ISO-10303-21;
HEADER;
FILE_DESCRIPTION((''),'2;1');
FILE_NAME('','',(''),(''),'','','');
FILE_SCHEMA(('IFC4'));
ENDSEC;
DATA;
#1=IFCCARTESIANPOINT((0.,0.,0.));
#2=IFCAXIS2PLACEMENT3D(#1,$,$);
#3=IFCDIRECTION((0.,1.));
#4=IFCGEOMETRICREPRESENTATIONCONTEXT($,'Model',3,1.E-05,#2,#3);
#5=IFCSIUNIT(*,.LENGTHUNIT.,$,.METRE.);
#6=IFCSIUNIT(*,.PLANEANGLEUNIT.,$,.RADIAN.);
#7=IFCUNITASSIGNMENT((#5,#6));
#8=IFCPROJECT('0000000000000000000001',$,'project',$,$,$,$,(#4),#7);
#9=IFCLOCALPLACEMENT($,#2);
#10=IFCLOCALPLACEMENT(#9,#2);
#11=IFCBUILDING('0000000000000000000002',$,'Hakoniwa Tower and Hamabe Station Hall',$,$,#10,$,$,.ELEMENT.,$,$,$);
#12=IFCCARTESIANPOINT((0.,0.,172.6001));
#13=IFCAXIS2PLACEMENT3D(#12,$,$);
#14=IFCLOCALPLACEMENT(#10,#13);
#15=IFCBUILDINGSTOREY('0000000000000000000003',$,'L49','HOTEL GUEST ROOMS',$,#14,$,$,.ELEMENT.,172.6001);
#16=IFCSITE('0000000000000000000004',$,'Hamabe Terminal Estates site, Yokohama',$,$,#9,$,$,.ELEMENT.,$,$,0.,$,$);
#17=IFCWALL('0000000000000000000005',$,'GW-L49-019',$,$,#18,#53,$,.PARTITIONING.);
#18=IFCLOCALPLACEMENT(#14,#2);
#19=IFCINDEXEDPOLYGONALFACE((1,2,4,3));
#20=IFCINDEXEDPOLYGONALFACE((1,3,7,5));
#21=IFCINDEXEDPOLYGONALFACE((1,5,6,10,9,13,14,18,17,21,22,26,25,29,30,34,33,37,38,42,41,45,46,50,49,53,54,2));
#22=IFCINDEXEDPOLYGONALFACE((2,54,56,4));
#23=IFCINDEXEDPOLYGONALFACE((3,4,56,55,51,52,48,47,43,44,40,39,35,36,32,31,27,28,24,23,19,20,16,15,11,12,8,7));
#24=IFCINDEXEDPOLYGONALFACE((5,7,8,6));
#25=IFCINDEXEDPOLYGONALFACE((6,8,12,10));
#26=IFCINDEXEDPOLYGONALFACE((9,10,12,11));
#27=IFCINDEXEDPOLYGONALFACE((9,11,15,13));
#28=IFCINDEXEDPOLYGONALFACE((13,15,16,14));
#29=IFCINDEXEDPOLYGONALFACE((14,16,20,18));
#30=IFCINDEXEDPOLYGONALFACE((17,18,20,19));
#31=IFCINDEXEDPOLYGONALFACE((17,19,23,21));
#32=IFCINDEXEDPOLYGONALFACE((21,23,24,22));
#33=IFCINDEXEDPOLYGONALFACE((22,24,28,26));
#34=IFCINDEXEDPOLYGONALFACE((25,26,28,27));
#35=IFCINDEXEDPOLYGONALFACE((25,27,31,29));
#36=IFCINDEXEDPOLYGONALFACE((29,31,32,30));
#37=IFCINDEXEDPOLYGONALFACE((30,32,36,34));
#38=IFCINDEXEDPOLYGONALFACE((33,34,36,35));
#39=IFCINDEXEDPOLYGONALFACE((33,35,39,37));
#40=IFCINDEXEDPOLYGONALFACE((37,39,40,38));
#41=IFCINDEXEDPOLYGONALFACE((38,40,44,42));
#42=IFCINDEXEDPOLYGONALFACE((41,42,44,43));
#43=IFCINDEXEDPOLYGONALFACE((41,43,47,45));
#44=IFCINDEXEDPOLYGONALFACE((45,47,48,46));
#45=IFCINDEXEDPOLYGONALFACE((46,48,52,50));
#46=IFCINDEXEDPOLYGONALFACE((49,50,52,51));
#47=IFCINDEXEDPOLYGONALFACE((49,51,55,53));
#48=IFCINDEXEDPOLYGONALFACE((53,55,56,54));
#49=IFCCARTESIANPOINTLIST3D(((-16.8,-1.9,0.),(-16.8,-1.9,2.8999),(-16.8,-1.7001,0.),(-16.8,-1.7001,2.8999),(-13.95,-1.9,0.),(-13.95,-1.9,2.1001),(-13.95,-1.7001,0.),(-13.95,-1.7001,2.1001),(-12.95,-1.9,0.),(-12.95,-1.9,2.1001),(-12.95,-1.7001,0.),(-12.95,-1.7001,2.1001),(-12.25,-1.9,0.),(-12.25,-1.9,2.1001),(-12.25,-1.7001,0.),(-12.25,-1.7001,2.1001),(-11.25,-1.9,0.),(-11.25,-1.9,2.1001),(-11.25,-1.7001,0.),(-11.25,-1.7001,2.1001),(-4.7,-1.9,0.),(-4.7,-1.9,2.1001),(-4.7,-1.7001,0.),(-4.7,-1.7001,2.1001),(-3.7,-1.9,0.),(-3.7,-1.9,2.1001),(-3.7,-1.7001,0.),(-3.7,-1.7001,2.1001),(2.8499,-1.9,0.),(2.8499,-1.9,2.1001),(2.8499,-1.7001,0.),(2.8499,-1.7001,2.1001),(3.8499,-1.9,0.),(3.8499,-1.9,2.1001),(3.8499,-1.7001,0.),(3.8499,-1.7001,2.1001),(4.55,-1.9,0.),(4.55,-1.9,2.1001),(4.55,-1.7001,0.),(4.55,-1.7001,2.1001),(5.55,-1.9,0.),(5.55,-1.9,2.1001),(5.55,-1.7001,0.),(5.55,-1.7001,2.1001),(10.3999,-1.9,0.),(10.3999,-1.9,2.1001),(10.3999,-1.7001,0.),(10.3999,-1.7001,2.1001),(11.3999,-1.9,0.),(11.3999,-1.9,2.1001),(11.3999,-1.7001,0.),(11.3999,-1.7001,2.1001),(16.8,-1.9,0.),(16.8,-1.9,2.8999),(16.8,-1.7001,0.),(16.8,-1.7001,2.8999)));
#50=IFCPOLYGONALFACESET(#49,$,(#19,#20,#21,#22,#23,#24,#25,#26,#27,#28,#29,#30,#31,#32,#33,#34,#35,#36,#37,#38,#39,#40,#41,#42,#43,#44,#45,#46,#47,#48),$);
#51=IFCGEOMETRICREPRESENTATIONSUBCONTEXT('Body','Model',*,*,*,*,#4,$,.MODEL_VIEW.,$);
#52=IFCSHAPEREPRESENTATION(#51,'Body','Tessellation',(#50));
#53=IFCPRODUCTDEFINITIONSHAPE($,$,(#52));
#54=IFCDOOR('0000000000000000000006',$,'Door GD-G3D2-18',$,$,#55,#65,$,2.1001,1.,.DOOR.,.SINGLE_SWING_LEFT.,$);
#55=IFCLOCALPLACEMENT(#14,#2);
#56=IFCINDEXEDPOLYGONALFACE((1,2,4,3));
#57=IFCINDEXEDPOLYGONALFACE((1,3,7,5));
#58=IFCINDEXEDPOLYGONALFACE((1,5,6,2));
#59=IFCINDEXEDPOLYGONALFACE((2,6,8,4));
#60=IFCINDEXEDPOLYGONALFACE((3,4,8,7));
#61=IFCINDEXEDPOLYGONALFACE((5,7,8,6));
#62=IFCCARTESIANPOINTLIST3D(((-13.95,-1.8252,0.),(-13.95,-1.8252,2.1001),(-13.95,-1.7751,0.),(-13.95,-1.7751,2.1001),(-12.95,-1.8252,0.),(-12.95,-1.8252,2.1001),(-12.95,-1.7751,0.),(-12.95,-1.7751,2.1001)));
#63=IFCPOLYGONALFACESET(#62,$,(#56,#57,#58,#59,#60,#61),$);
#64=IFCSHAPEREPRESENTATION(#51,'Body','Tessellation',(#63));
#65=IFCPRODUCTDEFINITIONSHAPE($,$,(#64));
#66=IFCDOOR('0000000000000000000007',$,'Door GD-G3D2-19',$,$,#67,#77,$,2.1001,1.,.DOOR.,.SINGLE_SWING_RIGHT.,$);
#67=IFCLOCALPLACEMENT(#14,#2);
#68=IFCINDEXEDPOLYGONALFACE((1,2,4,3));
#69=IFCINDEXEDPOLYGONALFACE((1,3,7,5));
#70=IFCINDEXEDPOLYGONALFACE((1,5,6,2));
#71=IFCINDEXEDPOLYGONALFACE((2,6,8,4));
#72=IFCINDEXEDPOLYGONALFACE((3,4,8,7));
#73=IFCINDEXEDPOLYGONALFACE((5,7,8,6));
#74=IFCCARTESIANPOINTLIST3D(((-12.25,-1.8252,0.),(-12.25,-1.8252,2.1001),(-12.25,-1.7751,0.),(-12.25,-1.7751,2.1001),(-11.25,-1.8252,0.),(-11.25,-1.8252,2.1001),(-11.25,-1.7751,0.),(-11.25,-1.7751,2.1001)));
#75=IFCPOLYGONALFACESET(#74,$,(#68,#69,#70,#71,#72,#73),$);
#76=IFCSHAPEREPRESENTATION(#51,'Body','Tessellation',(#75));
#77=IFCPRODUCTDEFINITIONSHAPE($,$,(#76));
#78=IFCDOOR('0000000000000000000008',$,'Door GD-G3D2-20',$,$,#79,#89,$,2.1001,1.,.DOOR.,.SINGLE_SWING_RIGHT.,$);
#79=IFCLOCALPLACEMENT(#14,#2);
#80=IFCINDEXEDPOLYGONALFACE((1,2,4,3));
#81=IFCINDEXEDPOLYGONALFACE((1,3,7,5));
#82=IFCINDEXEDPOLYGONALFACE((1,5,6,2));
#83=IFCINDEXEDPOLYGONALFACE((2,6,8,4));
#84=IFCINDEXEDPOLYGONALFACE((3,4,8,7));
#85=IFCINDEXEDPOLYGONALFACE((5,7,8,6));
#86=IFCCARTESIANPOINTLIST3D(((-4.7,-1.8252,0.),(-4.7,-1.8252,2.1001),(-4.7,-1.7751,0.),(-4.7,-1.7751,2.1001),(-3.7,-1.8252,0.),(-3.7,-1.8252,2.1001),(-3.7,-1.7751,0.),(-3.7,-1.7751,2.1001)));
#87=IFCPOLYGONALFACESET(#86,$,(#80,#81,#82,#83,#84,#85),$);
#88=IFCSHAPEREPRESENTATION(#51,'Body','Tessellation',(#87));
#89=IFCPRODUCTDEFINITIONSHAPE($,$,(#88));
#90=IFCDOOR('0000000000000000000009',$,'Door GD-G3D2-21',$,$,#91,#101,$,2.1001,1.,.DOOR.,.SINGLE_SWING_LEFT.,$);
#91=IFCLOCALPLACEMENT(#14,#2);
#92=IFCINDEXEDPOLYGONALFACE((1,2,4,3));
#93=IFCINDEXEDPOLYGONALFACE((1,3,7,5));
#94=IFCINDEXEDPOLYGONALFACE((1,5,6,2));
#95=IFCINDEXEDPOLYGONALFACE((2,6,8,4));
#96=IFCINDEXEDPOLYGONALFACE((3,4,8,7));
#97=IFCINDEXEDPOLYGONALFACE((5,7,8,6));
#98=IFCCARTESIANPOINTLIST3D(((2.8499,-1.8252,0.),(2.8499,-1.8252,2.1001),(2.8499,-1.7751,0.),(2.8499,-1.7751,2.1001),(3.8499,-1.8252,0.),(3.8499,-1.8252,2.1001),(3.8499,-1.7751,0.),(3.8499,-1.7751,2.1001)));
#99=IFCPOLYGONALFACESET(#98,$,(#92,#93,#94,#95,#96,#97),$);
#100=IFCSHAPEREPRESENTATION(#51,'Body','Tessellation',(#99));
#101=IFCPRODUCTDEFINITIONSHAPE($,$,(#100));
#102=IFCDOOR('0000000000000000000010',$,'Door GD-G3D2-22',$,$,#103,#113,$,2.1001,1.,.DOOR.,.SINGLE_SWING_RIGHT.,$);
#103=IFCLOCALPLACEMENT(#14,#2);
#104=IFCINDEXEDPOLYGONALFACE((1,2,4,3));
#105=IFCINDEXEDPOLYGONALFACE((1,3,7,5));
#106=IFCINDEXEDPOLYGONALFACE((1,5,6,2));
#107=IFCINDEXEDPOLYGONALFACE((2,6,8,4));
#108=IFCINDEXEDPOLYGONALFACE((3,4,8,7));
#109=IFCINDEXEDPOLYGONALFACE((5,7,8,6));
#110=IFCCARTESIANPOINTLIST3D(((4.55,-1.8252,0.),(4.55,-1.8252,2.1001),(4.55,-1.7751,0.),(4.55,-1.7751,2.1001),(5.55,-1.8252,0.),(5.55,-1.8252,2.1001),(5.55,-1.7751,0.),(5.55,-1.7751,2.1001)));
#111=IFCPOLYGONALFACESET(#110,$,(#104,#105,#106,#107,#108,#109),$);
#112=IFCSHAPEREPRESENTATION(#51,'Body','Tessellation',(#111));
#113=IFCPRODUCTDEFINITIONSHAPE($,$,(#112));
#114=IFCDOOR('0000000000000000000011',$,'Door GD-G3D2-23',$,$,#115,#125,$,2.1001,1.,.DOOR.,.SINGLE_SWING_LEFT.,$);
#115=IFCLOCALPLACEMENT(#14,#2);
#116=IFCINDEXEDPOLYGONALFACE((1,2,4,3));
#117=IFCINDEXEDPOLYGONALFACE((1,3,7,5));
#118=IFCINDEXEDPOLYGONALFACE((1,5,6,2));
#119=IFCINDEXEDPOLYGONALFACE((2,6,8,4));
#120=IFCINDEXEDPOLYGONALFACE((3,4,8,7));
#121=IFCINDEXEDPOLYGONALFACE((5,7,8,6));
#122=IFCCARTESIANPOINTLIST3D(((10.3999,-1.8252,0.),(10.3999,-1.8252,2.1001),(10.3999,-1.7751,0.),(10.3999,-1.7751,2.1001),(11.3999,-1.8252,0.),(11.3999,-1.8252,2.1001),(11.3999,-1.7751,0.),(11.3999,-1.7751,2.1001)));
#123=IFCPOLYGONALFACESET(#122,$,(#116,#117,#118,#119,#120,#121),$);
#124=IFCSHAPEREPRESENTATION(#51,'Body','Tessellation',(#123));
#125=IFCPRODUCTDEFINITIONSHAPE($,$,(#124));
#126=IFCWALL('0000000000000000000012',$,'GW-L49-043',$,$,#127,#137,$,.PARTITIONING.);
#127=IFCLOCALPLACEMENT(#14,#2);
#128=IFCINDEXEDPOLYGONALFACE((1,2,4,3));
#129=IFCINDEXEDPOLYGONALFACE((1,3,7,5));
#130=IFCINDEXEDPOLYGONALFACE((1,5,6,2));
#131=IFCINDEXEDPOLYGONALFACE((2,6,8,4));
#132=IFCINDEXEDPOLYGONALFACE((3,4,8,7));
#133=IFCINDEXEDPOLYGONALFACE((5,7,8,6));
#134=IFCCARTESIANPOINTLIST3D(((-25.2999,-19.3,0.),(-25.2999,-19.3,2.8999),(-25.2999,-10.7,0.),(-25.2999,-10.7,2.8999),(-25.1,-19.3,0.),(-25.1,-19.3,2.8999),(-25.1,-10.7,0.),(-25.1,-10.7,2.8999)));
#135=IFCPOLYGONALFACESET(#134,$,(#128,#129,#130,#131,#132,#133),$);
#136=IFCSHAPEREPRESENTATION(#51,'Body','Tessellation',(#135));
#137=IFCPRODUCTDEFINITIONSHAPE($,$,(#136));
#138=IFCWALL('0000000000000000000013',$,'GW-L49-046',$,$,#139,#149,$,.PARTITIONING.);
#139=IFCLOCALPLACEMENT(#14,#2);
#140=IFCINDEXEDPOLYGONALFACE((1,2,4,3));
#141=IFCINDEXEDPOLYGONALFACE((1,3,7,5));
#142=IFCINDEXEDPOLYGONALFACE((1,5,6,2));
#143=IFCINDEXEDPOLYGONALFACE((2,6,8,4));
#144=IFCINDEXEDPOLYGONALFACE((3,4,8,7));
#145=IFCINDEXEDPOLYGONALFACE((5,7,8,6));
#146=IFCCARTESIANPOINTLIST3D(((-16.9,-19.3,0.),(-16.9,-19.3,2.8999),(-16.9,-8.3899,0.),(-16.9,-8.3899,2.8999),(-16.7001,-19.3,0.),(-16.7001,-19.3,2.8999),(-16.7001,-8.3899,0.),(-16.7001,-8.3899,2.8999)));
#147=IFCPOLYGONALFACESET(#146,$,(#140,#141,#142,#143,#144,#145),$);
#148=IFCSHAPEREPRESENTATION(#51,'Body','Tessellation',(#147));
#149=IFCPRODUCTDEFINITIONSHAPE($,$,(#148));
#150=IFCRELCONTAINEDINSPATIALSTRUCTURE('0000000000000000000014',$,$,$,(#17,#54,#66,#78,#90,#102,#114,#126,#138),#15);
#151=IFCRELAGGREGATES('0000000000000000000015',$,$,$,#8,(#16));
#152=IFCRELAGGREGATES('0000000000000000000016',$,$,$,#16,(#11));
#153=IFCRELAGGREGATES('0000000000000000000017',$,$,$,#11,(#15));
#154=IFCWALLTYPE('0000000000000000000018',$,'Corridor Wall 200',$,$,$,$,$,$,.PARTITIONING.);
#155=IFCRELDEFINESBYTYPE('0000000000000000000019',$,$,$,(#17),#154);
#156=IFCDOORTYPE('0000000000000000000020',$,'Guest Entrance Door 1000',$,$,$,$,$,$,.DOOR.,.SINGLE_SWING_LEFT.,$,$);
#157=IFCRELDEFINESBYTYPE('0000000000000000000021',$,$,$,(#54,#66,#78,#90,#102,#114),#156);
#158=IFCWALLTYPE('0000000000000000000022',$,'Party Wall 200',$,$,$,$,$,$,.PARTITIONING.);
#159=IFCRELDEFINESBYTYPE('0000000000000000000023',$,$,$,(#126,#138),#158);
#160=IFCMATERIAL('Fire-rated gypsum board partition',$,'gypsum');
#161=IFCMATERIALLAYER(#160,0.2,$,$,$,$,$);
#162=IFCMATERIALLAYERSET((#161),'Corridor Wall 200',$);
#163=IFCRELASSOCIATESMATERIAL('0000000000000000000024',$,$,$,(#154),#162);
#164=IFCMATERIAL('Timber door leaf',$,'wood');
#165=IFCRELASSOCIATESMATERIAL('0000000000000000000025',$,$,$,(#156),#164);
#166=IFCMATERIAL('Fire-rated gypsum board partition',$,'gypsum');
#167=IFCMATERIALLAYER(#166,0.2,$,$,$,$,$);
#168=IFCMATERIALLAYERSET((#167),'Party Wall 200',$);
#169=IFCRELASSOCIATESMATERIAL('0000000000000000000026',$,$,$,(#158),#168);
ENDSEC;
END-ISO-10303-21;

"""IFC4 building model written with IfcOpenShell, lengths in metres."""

from ifc_helpers import new_model, si_unit, direction, frame, frame_2d, origin, place, context, subcontext, project, spatial, rectangle, extrude, material, layer, layer_set, type_object, element, fill, save


model = new_model("IFC4")

# Units and contexts
model_context = context("Model", 3, precision=1e-05, world=origin(), true_north=direction((0.0, 1.0)))
body_context = subcontext(model_context, "Body", "Model", "MODEL_VIEW")
ifc_project = project(units=[si_unit("LENGTHUNIT", "METRE"), si_unit("PLANEANGLEUNIT", "RADIAN")], contexts=[model_context])

# Site, building, storey
site_placement = place(None, origin())
site = spatial("IfcSite", under=ifc_project, at=site_placement, Name="Hamabe Terminal Estates site, Yokohama", CompositionType="ELEMENT", RefElevation=0.0)
building_placement = place(site_placement, origin())
building = spatial("IfcBuilding", under=site, at=building_placement, Name="Hakoniwa Tower and Hamabe Station Hall", CompositionType="ELEMENT")
storey_placement = place(building_placement, frame((0.0, 0.0, 172.6001)))
storey = spatial("IfcBuildingStorey", under=building, at=storey_placement, Name="L49", Description="HOTEL GUEST ROOMS", CompositionType="ELEMENT", Elevation=172.6001)

# Wall, openings, doors
ifc_material_1 = material(Name="Fire-rated gypsum board partition", Category="gypsum")
ifc_layer_1 = layer(ifc_material_1, 0.2)
ifc_layer_set_1 = layer_set([ifc_layer_1], Name="Corridor Wall 200")
wall_type_1 = type_object("IfcWallType", Name="Corridor Wall 200", PredefinedType="PARTITIONING", material=ifc_layer_set_1)
wall_1_placement = place(storey_placement, frame((-16.8, -1.8, 0.0), z_axis=(0.0, 0.0, 1.0), x_axis=(1.0, 0.0, 0.0)))
wall_1 = element("IfcWall", 1, at=wall_1_placement, inside=storey, type_object=wall_type_1, Name="GW-L49-019", PredefinedType="PARTITIONING", context=body_context, shape_type="SweptSolid", body=[
    extrude(rectangle(XDim=33.6001, YDim=0.2, at=frame_2d((16.8, 0.0))), origin(), (0.0, 0.0, 1.0), 2.8999),
])
opening_1_placement = place(wall_1_placement, frame((2.8501, 0.0, 0.0)))
opening_1 = element("IfcOpeningElement", 2, at=opening_1_placement, cuts=wall_1, PredefinedType="OPENING", context=body_context, shape_type="SweptSolid", body=[
    extrude(rectangle(XDim=1.0, YDim=2.1001, at=frame_2d((0.5, 1.05))), frame((0.0, 0.1099, 0.0), z_axis=(0.0, -1.0, 0.0), x_axis=(1.0, 0.0, 0.0)), (0.0, 0.0, 1.0), 0.22),
])
opening_2_placement = place(wall_1_placement, frame((4.55, 0.0, 0.0)))
opening_2 = element("IfcOpeningElement", 3, at=opening_2_placement, cuts=wall_1, PredefinedType="OPENING", context=body_context, shape_type="SweptSolid", body=[
    extrude(rectangle(XDim=1.0, YDim=2.1001, at=frame_2d((0.5, 1.05))), frame((0.0, 0.1099, 0.0), z_axis=(0.0, -1.0, 0.0), x_axis=(1.0, 0.0, 0.0)), (0.0, 0.0, 1.0), 0.22),
])
opening_3_placement = place(wall_1_placement, frame((12.1001, 0.0, 0.0)))
opening_3 = element("IfcOpeningElement", 4, at=opening_3_placement, cuts=wall_1, PredefinedType="OPENING", context=body_context, shape_type="SweptSolid", body=[
    extrude(rectangle(XDim=1.0, YDim=2.1001, at=frame_2d((0.5, 1.05))), frame((0.0, 0.1099, 0.0), z_axis=(0.0, -1.0, 0.0), x_axis=(1.0, 0.0, 0.0)), (0.0, 0.0, 1.0), 0.22),
])
opening_4_placement = place(wall_1_placement, frame((19.6499, 0.0, 0.0)))
opening_4 = element("IfcOpeningElement", 5, at=opening_4_placement, cuts=wall_1, PredefinedType="OPENING", context=body_context, shape_type="SweptSolid", body=[
    extrude(rectangle(XDim=1.0, YDim=2.1001, at=frame_2d((0.5, 1.05))), frame((0.0, 0.1099, 0.0), z_axis=(0.0, -1.0, 0.0), x_axis=(1.0, 0.0, 0.0)), (0.0, 0.0, 1.0), 0.22),
])
opening_5_placement = place(wall_1_placement, frame((21.3501, 0.0, 0.0)))
opening_5 = element("IfcOpeningElement", 6, at=opening_5_placement, cuts=wall_1, PredefinedType="OPENING", context=body_context, shape_type="SweptSolid", body=[
    extrude(rectangle(XDim=1.0, YDim=2.1001, at=frame_2d((0.5, 1.05))), frame((0.0, 0.1099, 0.0), z_axis=(0.0, -1.0, 0.0), x_axis=(1.0, 0.0, 0.0)), (0.0, 0.0, 1.0), 0.22),
])
opening_6_placement = place(wall_1_placement, frame((27.2, 0.0, 0.0)))
opening_6 = element("IfcOpeningElement", 7, at=opening_6_placement, cuts=wall_1, PredefinedType="OPENING", context=body_context, shape_type="SweptSolid", body=[
    extrude(rectangle(XDim=1.0, YDim=2.1001, at=frame_2d((0.5, 1.05))), frame((0.0, 0.1099, 0.0), z_axis=(0.0, -1.0, 0.0), x_axis=(1.0, 0.0, 0.0)), (0.0, 0.0, 1.0), 0.22),
])
ifc_material_2 = material(Name="Timber door leaf", Category="wood")
door_type_1 = type_object("IfcDoorType", Name="Guest Entrance Door 1000", OperationType="SINGLE_SWING_LEFT", PredefinedType="DOOR", material=ifc_material_2)
door_1_placement = place(opening_1_placement, origin())
door_1 = element("IfcDoor", 8, at=door_1_placement, inside=storey, type_object=door_type_1, Name="Door GD-G3D2-18", OperationType="SINGLE_SWING_LEFT", OverallHeight=2.1001, OverallWidth=1.0, PredefinedType="DOOR", context=body_context, shape_type="SweptSolid", body=[
    extrude(rectangle(XDim=1.0, YDim=2.1001, at=frame_2d((0.5, 1.05))), frame((0.0, 0.0249, 0.0), z_axis=(0.0, -1.0, 0.0), x_axis=(1.0, 0.0, 0.0)), (0.0, 0.0, 1.0), 0.05),
])
fill(opening_1, door_1)
door_2_placement = place(opening_2_placement, origin())
door_2 = element("IfcDoor", 9, at=door_2_placement, inside=storey, type_object=door_type_1, Name="Door GD-G3D2-19", OperationType="SINGLE_SWING_RIGHT", OverallHeight=2.1001, OverallWidth=1.0, PredefinedType="DOOR", context=body_context, shape_type="SweptSolid", body=[
    extrude(rectangle(XDim=1.0, YDim=2.1001, at=frame_2d((0.5, 1.05))), frame((0.0, 0.0249, 0.0), z_axis=(0.0, -1.0, 0.0), x_axis=(1.0, 0.0, 0.0)), (0.0, 0.0, 1.0), 0.05),
])
fill(opening_2, door_2)
door_3_placement = place(opening_3_placement, origin())
door_3 = element("IfcDoor", 10, at=door_3_placement, inside=storey, type_object=door_type_1, Name="Door GD-G3D2-20", OperationType="SINGLE_SWING_RIGHT", OverallHeight=2.1001, OverallWidth=1.0, PredefinedType="DOOR", context=body_context, shape_type="SweptSolid", body=[
    extrude(rectangle(XDim=1.0, YDim=2.1001, at=frame_2d((0.5, 1.05))), frame((0.0, 0.0249, 0.0), z_axis=(0.0, -1.0, 0.0), x_axis=(1.0, 0.0, 0.0)), (0.0, 0.0, 1.0), 0.05),
])
fill(opening_3, door_3)
door_4_placement = place(opening_4_placement, origin())
door_4 = element("IfcDoor", 11, at=door_4_placement, inside=storey, type_object=door_type_1, Name="Door GD-G3D2-21", OperationType="SINGLE_SWING_LEFT", OverallHeight=2.1001, OverallWidth=1.0, PredefinedType="DOOR", context=body_context, shape_type="SweptSolid", body=[
    extrude(rectangle(XDim=1.0, YDim=2.1001, at=frame_2d((0.5, 1.05))), frame((0.0, 0.0249, 0.0), z_axis=(0.0, -1.0, 0.0), x_axis=(1.0, 0.0, 0.0)), (0.0, 0.0, 1.0), 0.05),
])
fill(opening_4, door_4)
door_5_placement = place(opening_5_placement, origin())
door_5 = element("IfcDoor", 12, at=door_5_placement, inside=storey, type_object=door_type_1, Name="Door GD-G3D2-22", OperationType="SINGLE_SWING_RIGHT", OverallHeight=2.1001, OverallWidth=1.0, PredefinedType="DOOR", context=body_context, shape_type="SweptSolid", body=[
    extrude(rectangle(XDim=1.0, YDim=2.1001, at=frame_2d((0.5, 1.05))), frame((0.0, 0.0249, 0.0), z_axis=(0.0, -1.0, 0.0), x_axis=(1.0, 0.0, 0.0)), (0.0, 0.0, 1.0), 0.05),
])
fill(opening_5, door_5)
door_6_placement = place(opening_6_placement, origin())
door_6 = element("IfcDoor", 13, at=door_6_placement, inside=storey, type_object=door_type_1, Name="Door GD-G3D2-23", OperationType="SINGLE_SWING_LEFT", OverallHeight=2.1001, OverallWidth=1.0, PredefinedType="DOOR", context=body_context, shape_type="SweptSolid", body=[
    extrude(rectangle(XDim=1.0, YDim=2.1001, at=frame_2d((0.5, 1.05))), frame((0.0, 0.0249, 0.0), z_axis=(0.0, -1.0, 0.0), x_axis=(1.0, 0.0, 0.0)), (0.0, 0.0, 1.0), 0.05),
])
fill(opening_6, door_6)

# Walls
ifc_material_3 = material(Name="Fire-rated gypsum board partition", Category="gypsum")
ifc_layer_2 = layer(ifc_material_3, 0.2)
ifc_layer_set_2 = layer_set([ifc_layer_2], Name="Party Wall 200")
wall_type_2 = type_object("IfcWallType", Name="Party Wall 200", PredefinedType="PARTITIONING", material=ifc_layer_set_2)
wall_2_placement = place(storey_placement, frame((-25.2, -19.3, 0.0), z_axis=(0.0, 0.0, 1.0), x_axis=(0.0, 1.0, 0.0)))
element("IfcWall", 14, at=wall_2_placement, inside=storey, type_object=wall_type_2, Name="GW-L49-043", PredefinedType="PARTITIONING", context=body_context, shape_type="SweptSolid", body=[
    extrude(rectangle(XDim=8.6001, YDim=0.2, at=frame_2d((4.3, 0.0))), origin(), (0.0, 0.0, 1.0), 2.8999),
])
wall_3_placement = place(storey_placement, frame((-16.8, -19.3, 0.0), z_axis=(0.0, 0.0, 1.0), x_axis=(0.0, 1.0, 0.0)))
element("IfcWall", 15, at=wall_3_placement, inside=storey, type_object=wall_type_2, Name="GW-L49-046", PredefinedType="PARTITIONING", context=body_context, shape_type="SweptSolid", body=[
    extrude(rectangle(XDim=10.9102, YDim=0.2, at=frame_2d((5.4551, 0.0))), origin(), (0.0, 0.0, 1.0), 2.8999),
])

save(model, "model.ifc")
